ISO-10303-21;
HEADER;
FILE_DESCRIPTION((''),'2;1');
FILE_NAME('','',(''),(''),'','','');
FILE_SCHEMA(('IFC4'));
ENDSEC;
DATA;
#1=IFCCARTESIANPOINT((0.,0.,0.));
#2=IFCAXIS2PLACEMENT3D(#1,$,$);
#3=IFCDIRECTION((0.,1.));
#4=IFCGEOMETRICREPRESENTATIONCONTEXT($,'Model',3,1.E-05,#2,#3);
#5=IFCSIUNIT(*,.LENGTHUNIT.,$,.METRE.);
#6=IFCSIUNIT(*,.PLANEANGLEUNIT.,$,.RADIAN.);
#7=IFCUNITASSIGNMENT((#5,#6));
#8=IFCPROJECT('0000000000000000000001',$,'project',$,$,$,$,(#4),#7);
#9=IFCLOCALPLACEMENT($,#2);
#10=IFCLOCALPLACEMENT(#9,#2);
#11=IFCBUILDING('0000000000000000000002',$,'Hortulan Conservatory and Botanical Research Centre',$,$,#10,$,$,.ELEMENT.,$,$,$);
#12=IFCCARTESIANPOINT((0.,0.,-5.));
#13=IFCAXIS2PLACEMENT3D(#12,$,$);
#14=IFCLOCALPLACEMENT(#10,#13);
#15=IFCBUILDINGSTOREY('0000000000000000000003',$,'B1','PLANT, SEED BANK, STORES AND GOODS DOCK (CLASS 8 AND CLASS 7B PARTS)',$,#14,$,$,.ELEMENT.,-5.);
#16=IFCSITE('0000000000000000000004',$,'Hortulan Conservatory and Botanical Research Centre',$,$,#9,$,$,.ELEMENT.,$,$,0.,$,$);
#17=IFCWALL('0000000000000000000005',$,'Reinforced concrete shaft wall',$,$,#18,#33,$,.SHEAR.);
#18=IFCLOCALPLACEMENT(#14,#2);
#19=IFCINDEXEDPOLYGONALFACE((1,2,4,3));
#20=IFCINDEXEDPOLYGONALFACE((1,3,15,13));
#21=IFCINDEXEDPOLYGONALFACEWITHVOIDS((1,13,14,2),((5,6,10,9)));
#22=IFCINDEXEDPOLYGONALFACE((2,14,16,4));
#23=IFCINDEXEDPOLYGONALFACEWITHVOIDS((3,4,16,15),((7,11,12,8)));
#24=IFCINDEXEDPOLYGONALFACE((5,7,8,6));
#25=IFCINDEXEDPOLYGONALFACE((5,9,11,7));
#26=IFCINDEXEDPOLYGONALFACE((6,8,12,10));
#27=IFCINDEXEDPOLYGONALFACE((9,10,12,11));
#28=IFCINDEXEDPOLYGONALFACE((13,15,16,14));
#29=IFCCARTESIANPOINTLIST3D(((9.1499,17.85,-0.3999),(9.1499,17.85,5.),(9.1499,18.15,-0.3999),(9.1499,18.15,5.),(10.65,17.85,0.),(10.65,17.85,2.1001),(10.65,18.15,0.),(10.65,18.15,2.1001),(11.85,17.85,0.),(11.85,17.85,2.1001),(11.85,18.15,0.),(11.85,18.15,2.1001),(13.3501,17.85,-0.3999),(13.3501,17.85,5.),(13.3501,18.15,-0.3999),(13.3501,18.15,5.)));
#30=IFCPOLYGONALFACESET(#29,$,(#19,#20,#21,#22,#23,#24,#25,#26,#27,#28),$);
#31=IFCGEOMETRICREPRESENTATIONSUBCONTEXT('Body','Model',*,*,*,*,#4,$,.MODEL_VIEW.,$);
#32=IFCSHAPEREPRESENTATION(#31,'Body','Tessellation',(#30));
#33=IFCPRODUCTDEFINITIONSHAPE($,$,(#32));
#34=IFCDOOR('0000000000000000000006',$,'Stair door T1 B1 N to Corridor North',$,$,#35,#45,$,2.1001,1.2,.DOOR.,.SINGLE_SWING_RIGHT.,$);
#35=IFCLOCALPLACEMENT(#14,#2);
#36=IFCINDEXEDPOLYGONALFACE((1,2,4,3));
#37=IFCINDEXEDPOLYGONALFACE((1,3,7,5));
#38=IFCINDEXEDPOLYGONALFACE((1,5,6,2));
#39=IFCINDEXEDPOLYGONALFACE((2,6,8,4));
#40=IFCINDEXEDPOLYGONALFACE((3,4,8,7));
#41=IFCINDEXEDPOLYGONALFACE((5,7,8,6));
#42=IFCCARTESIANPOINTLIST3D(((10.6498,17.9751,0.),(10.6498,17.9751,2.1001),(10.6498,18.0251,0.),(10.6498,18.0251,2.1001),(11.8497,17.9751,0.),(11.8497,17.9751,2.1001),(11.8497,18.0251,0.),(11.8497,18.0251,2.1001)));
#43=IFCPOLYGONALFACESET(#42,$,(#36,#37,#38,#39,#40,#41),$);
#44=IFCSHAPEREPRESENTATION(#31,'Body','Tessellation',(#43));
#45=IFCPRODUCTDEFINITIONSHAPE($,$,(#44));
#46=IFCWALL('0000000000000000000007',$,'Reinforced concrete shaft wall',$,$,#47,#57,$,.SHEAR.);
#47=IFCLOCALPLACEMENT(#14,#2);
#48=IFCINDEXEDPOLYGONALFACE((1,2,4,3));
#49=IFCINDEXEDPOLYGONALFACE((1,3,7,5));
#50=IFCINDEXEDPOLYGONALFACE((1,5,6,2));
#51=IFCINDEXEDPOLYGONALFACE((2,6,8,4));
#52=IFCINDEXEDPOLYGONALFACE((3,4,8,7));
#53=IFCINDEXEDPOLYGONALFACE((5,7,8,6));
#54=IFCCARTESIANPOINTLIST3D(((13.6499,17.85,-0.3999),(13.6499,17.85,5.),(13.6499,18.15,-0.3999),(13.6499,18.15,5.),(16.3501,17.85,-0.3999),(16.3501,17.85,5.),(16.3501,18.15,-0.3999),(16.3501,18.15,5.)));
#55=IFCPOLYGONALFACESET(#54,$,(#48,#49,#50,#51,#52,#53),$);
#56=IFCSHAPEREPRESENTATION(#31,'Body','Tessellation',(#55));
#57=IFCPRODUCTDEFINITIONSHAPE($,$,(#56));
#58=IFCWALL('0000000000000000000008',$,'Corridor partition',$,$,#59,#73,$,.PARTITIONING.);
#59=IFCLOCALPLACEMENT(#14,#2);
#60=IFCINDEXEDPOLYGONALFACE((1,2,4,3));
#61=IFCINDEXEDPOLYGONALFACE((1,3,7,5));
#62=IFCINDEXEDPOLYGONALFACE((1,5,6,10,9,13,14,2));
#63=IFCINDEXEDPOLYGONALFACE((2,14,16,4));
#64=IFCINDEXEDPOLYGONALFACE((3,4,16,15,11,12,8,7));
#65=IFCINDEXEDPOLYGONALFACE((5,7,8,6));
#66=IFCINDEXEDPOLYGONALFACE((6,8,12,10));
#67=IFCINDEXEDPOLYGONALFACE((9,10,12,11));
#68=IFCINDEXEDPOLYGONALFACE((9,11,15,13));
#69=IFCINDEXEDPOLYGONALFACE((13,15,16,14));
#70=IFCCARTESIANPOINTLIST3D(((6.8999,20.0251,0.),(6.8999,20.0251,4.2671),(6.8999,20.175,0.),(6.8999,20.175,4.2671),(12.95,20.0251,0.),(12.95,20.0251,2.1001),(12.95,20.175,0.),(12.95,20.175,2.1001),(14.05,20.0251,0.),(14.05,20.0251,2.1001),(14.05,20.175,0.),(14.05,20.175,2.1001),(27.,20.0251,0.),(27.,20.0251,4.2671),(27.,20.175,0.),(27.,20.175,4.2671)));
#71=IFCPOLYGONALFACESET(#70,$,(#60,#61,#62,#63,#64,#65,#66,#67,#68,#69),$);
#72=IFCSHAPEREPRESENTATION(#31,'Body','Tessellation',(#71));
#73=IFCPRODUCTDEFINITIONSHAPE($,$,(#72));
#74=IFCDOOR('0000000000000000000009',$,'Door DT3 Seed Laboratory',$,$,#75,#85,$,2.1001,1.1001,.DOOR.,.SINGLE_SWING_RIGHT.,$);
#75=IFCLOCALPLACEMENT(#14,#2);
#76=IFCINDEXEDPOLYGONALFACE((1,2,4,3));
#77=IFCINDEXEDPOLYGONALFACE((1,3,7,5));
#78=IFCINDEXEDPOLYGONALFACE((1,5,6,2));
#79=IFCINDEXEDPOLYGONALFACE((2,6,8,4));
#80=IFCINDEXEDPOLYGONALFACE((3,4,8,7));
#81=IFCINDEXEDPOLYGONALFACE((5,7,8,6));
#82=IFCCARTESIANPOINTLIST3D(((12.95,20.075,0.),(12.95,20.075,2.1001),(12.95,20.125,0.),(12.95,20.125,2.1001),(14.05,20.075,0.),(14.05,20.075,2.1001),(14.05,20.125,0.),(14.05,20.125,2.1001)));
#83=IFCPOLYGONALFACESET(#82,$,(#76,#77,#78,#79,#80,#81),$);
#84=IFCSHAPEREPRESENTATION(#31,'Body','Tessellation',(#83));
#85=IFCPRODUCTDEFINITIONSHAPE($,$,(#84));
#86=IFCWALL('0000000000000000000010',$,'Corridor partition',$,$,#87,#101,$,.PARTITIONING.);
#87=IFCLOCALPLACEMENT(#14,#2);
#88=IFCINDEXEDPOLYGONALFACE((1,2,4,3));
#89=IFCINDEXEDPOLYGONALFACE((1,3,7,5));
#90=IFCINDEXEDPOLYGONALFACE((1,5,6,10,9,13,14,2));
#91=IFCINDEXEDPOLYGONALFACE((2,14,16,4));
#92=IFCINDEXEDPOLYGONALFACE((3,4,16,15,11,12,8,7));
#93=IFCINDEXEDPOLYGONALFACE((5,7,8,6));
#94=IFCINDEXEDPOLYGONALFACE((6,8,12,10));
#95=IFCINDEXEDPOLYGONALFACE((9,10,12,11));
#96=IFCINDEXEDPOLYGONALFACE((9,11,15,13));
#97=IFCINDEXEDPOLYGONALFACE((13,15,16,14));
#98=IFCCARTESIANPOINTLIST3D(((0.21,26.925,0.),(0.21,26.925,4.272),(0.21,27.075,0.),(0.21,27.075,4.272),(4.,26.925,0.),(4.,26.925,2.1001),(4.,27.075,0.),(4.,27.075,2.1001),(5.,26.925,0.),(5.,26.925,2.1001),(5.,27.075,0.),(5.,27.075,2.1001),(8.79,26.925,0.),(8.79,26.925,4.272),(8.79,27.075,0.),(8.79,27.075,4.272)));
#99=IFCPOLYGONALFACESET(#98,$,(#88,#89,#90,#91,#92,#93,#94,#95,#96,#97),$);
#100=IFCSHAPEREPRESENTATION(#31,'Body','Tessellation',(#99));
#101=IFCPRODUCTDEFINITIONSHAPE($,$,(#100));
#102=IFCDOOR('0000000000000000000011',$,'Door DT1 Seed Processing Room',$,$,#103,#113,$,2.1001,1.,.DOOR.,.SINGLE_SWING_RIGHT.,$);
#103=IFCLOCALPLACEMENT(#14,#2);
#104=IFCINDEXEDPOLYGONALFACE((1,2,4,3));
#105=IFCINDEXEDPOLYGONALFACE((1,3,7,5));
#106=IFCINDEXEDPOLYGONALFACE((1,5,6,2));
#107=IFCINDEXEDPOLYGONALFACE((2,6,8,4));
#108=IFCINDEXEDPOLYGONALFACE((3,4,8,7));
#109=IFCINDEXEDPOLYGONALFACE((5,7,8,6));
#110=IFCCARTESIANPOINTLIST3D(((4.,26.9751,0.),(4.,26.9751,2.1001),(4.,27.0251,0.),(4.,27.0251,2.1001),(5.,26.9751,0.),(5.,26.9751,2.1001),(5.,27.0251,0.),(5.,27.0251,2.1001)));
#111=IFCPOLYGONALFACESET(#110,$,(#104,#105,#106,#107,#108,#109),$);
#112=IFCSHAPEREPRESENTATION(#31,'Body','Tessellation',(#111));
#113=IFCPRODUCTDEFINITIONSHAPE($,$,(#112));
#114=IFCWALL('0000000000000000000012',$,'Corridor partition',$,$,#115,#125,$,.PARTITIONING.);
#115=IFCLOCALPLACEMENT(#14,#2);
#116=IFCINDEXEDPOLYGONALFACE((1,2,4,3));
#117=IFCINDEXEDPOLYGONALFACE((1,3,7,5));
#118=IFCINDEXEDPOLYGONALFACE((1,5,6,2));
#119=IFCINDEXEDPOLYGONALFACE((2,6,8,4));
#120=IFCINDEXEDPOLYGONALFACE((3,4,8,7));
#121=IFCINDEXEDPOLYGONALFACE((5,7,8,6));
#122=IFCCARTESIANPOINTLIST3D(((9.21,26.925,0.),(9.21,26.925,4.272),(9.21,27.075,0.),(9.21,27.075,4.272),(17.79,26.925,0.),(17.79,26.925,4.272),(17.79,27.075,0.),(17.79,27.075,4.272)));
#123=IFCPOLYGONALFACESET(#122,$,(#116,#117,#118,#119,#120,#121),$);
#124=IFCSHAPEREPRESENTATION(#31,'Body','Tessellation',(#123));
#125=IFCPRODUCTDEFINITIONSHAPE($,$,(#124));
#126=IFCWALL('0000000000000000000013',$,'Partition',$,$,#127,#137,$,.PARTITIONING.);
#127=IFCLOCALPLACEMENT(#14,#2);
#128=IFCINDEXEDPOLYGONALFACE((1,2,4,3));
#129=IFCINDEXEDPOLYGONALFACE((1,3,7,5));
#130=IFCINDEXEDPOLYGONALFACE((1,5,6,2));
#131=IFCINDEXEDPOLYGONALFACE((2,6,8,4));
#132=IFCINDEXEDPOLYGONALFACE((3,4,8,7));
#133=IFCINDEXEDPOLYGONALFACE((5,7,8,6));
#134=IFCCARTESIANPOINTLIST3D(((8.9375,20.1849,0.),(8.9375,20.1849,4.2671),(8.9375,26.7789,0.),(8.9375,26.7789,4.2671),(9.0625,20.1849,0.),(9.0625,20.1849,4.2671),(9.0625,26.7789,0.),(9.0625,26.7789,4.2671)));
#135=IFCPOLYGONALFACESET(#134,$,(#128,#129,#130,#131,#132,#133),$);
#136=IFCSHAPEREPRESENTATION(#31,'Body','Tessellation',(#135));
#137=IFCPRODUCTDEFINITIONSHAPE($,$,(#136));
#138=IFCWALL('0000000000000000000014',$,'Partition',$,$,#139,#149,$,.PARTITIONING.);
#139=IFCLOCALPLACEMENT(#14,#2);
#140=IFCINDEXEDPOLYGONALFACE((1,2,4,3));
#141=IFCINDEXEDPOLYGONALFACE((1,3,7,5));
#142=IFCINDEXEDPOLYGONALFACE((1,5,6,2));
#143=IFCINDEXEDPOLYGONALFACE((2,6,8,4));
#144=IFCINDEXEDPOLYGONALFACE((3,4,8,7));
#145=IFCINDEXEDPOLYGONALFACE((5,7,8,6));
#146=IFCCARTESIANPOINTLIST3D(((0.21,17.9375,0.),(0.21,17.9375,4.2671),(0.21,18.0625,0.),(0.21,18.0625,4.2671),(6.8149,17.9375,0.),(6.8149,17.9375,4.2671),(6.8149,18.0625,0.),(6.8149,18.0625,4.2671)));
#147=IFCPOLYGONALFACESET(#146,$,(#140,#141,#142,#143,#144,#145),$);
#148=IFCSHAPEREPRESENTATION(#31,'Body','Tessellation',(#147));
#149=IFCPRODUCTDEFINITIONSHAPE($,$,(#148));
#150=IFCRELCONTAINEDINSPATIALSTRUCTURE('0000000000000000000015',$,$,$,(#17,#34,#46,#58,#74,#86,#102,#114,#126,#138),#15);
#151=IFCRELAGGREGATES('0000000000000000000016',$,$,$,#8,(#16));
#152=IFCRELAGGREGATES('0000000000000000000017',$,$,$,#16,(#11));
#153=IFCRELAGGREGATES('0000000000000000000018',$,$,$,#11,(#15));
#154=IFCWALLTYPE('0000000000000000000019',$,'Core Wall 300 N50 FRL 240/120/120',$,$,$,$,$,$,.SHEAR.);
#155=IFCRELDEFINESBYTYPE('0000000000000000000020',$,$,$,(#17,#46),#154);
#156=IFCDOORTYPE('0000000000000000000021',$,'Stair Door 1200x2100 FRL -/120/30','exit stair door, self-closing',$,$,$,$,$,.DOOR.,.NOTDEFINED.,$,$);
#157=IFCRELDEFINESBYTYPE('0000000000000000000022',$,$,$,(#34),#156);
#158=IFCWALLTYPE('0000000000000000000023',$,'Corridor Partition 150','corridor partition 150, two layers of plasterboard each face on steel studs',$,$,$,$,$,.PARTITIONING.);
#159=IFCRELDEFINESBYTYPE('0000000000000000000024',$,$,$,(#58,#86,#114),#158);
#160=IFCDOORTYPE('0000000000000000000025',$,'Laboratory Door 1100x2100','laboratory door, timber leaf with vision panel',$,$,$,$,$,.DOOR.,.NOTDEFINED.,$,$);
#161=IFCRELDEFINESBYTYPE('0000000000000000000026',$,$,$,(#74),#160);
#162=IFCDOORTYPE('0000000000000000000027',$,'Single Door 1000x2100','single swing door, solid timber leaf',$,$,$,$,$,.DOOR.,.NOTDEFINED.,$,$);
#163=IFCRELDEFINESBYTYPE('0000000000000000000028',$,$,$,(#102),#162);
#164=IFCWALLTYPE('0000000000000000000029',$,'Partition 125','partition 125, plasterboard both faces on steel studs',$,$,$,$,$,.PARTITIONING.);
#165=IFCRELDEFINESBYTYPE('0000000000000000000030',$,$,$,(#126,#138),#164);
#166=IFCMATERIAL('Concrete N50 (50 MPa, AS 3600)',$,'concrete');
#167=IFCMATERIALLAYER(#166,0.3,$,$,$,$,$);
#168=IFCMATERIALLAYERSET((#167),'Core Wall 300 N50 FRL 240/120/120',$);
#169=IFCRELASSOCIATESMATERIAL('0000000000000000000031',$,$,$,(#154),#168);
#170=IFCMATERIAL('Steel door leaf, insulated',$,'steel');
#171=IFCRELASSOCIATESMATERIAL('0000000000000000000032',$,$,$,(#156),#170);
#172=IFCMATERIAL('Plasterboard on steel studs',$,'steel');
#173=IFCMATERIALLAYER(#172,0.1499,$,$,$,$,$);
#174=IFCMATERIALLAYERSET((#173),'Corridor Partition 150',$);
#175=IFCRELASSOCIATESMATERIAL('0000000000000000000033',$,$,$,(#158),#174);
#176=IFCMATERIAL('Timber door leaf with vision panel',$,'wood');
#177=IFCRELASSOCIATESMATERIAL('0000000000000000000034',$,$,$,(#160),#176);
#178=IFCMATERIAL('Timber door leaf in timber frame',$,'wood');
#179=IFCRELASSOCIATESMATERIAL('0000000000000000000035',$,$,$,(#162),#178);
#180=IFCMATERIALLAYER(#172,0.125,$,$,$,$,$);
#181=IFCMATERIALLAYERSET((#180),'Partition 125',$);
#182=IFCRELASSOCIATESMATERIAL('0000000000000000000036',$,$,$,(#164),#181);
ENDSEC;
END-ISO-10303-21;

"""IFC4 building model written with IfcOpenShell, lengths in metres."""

from ifc_helpers import new_model, si_unit, direction, frame, frame_2d, origin, place, context, subcontext, project, spatial, rectangle, extrude, material, layer, layer_set, type_object, element, fill, save


model = new_model("IFC4")

# Units and contexts
model_context = context("Model", 3, precision=1e-05, world=origin(), true_north=direction((0.0, 1.0)))
body_context = subcontext(model_context, "Body", "Model", "MODEL_VIEW")
ifc_project = project(units=[si_unit("LENGTHUNIT", "METRE"), si_unit("PLANEANGLEUNIT", "RADIAN")], contexts=[model_context])

# Site, building, storey
site_placement = place(None, origin())
site = spatial("IfcSite", under=ifc_project, at=site_placement, Name="Hortulan Conservatory and Botanical Research Centre", CompositionType="ELEMENT", RefElevation=0.0)
building_placement = place(site_placement, origin())
building = spatial("IfcBuilding", under=site, at=building_placement, Name="Hortulan Conservatory and Botanical Research Centre", CompositionType="ELEMENT")
storey_placement = place(building_placement, frame((0.0, 0.0, -5.0)))
storey = spatial("IfcBuildingStorey", under=building, at=storey_placement, Name="B1", Description="PLANT, SEED BANK, STORES AND GOODS DOCK (CLASS 8 AND CLASS 7B PARTS)", CompositionType="ELEMENT", Elevation=-5.0)

# Shared definitions
ifc_material_1 = material(Name="Concrete N50 (50 MPa, AS 3600)", Category="concrete")
ifc_layer_1 = layer(ifc_material_1, 0.3)
ifc_layer_set_1 = layer_set([ifc_layer_1], Name="Core Wall 300 N50 FRL 240/120/120")
wall_type_1 = type_object("IfcWallType", Name="Core Wall 300 N50 FRL 240/120/120", PredefinedType="SHEAR", material=ifc_layer_set_1)

# Wall, opening, door
wall_1_placement = place(storey_placement, frame((9.1499, 18.0, -0.3999), z_axis=(0.0, 0.0, 1.0), x_axis=(1.0, 0.0, 0.0)))
wall_1 = element("IfcWall", 1, at=wall_1_placement, inside=storey, type_object=wall_type_1, Name="Reinforced concrete shaft wall", PredefinedType="SHEAR", context=body_context, shape_type="SweptSolid", body=[
    extrude(rectangle(XDim=4.2002, YDim=0.3, at=frame_2d((2.1001, 0.0))), origin(), (0.0, 0.0, 1.0), 5.3999),
])
opening_1_placement = place(wall_1_placement, frame((1.5, 0.0, 0.3999)))
opening_1 = element("IfcOpeningElement", 2, at=opening_1_placement, cuts=wall_1, PredefinedType="OPENING", context=body_context, shape_type="SweptSolid", body=[
    extrude(rectangle(XDim=1.2, YDim=2.1001, at=frame_2d((0.6001, 1.05))), frame((0.0, 0.1599, 0.0), z_axis=(0.0, -1.0, 0.0), x_axis=(1.0, 0.0, 0.0)), (0.0, 0.0, 1.0), 0.3201),
])
ifc_material_2 = material(Name="Steel door leaf, insulated", Category="steel")
door_type_1 = type_object("IfcDoorType", Name="Stair Door 1200x2100 FRL -/120/30", Description="exit stair door, self-closing", OperationType="NOTDEFINED", PredefinedType="DOOR", material=ifc_material_2)
door_1_placement = place(opening_1_placement, frame((1.2, 0.0, 0.0), z_axis=(0.0, 0.0, 1.0), x_axis=(-1.0, 0.0, 0.0)))
door_1 = element("IfcDoor", 3, at=door_1_placement, inside=storey, type_object=door_type_1, Name="Stair door T1 B1 N to Corridor North", OperationType="SINGLE_SWING_RIGHT", OverallHeight=2.1001, OverallWidth=1.2, PredefinedType="DOOR", context=body_context, shape_type="SweptSolid", body=[
    extrude(rectangle(XDim=1.2, YDim=2.1001, at=frame_2d((0.6001, 1.05))), frame((0.0, 0.0249, 0.0), z_axis=(0.0, -1.0, 0.0), x_axis=(1.0, 0.0, 0.0)), (0.0, 0.0, 1.0), 0.05),
])
fill(opening_1, door_1)

# Wall
wall_2_placement = place(storey_placement, frame((13.6499, 18.0, -0.3999), z_axis=(0.0, 0.0, 1.0), x_axis=(1.0, 0.0, 0.0)))
element("IfcWall", 4, at=wall_2_placement, inside=storey, type_object=wall_type_1, Name="Reinforced concrete shaft wall", PredefinedType="SHEAR", context=body_context, shape_type="SweptSolid", body=[
    extrude(rectangle(XDim=2.7002, YDim=0.3, at=frame_2d((1.3501, 0.0))), origin(), (0.0, 0.0, 1.0), 5.3999),
])

# Walls, openings, doors
ifc_material_3 = material(Name="Plasterboard on steel studs", Category="steel")
ifc_layer_2 = layer(ifc_material_3, 0.1499)
ifc_layer_set_2 = layer_set([ifc_layer_2], Name="Corridor Partition 150")
wall_type_2 = type_object("IfcWallType", Name="Corridor Partition 150", Description="corridor partition 150, two layers of plasterboard each face on steel studs", PredefinedType="PARTITIONING", material=ifc_layer_set_2)
wall_3_placement = place(storey_placement, frame((6.8999, 20.1001, 0.0), z_axis=(0.0, 0.0, 1.0), x_axis=(1.0, 0.0, 0.0)))
wall_3 = element("IfcWall", 5, at=wall_3_placement, inside=storey, type_object=wall_type_2, Name="Corridor partition", PredefinedType="PARTITIONING", context=body_context, shape_type="SweptSolid", body=[
    extrude(rectangle(XDim=20.1001, YDim=0.1499, at=frame_2d((10.05, 0.0))), origin(), (0.0, 0.0, 1.0), 4.2671),
])
opening_2_placement = place(wall_3_placement, frame((6.05, 0.0, 0.0)))
opening_2 = element("IfcOpeningElement", 6, at=opening_2_placement, cuts=wall_3, PredefinedType="OPENING", context=body_context, shape_type="SweptSolid", body=[
    extrude(rectangle(XDim=1.1001, YDim=2.1001, at=frame_2d((0.55, 1.05))), frame((0.0, 0.085, 0.0), z_axis=(0.0, -1.0, 0.0), x_axis=(1.0, 0.0, 0.0)), (0.0, 0.0, 1.0), 0.1699),
])
ifc_material_4 = material(Name="Timber door leaf with vision panel", Category="wood")
door_type_2 = type_object("IfcDoorType", Name="Laboratory Door 1100x2100", Description="laboratory door, timber leaf with vision panel", OperationType="NOTDEFINED", PredefinedType="DOOR", material=ifc_material_4)
door_2_placement = place(opening_2_placement, origin())
door_2 = element("IfcDoor", 7, at=door_2_placement, inside=storey, type_object=door_type_2, Name="Door DT3 Seed Laboratory", OperationType="SINGLE_SWING_RIGHT", OverallHeight=2.1001, OverallWidth=1.1001, PredefinedType="DOOR", context=body_context, shape_type="SweptSolid", body=[
    extrude(rectangle(XDim=1.1001, YDim=2.1001, at=frame_2d((0.55, 1.05))), frame((0.0, 0.0249, 0.0), z_axis=(0.0, -1.0, 0.0), x_axis=(1.0, 0.0, 0.0)), (0.0, 0.0, 1.0), 0.05),
])
fill(opening_2, door_2)
wall_4_placement = place(storey_placement, frame((0.21, 27.0, 0.0), z_axis=(0.0, 0.0, 1.0), x_axis=(1.0, 0.0, 0.0)))
wall_4 = element("IfcWall", 8, at=wall_4_placement, inside=storey, type_object=wall_type_2, Name="Corridor partition", PredefinedType="PARTITIONING", context=body_context, shape_type="SweptSolid", body=[
    extrude(rectangle(XDim=8.5801, YDim=0.1499, at=frame_2d((4.29, 0.0))), origin(), (0.0, 0.0, 1.0), 4.272),
])
opening_3_placement = place(wall_4_placement, frame((3.79, 0.0, 0.0)))
opening_3 = element("IfcOpeningElement", 9, at=opening_3_placement, cuts=wall_4, PredefinedType="OPENING", context=body_context, shape_type="SweptSolid", body=[
    extrude(rectangle(XDim=1.0, YDim=2.1001, at=frame_2d((0.5, 1.05))), frame((0.0, 0.085, 0.0), z_axis=(0.0, -1.0, 0.0), x_axis=(1.0, 0.0, 0.0)), (0.0, 0.0, 1.0), 0.1699),
])
ifc_material_5 = material(Name="Timber door leaf in timber frame", Category="wood")
door_type_3 = type_object("IfcDoorType", Name="Single Door 1000x2100", Description="single swing door, solid timber leaf", OperationType="NOTDEFINED", PredefinedType="DOOR", material=ifc_material_5)
door_3_placement = place(opening_3_placement, frame((1.0, 0.0, 0.0), z_axis=(0.0, 0.0, 1.0), x_axis=(-1.0, 0.0, 0.0)))
door_3 = element("IfcDoor", 10, at=door_3_placement, inside=storey, type_object=door_type_3, Name="Door DT1 Seed Processing Room", OperationType="SINGLE_SWING_RIGHT", OverallHeight=2.1001, OverallWidth=1.0, PredefinedType="DOOR", context=body_context, shape_type="SweptSolid", body=[
    extrude(rectangle(XDim=1.0, YDim=2.1001, at=frame_2d((0.5, 1.05))), frame((0.0, 0.0249, 0.0), z_axis=(0.0, -1.0, 0.0), x_axis=(1.0, 0.0, 0.0)), (0.0, 0.0, 1.0), 0.05),
])
fill(opening_3, door_3)

# Walls
wall_5_placement = place(storey_placement, frame((9.21, 27.0, 0.0), z_axis=(0.0, 0.0, 1.0), x_axis=(1.0, 0.0, 0.0)))
element("IfcWall", 11, at=wall_5_placement, inside=storey, type_object=wall_type_2, Name="Corridor partition", PredefinedType="PARTITIONING", context=body_context, shape_type="SweptSolid", body=[
    extrude(rectangle(XDim=8.5801, YDim=0.1499, at=frame_2d((4.29, 0.0))), origin(), (0.0, 0.0, 1.0), 4.272),
])
ifc_layer_3 = layer(ifc_material_3, 0.125)
ifc_layer_set_3 = layer_set([ifc_layer_3], Name="Partition 125")
wall_type_3 = type_object("IfcWallType", Name="Partition 125", Description="partition 125, plasterboard both faces on steel studs", PredefinedType="PARTITIONING", material=ifc_layer_set_3)
wall_6_placement = place(storey_placement, frame((9.0, 20.1851, 0.0), z_axis=(0.0, 0.0, 1.0), x_axis=(0.0, 1.0, 0.0)))
element("IfcWall", 12, at=wall_6_placement, inside=storey, type_object=wall_type_3, Name="Partition", PredefinedType="PARTITIONING", context=body_context, shape_type="SweptSolid", body=[
    extrude(rectangle(XDim=6.594, YDim=0.125, at=frame_2d((3.2969, 0.0))), origin(), (0.0, 0.0, 1.0), 4.2671),
])
wall_7_placement = place(storey_placement, frame((0.21, 18.0, 0.0), z_axis=(0.0, 0.0, 1.0), x_axis=(1.0, 0.0, 0.0)))
element("IfcWall", 13, at=wall_7_placement, inside=storey, type_object=wall_type_3, Name="Partition", PredefinedType="PARTITIONING", context=body_context, shape_type="SweptSolid", body=[
    extrude(rectangle(XDim=6.605, YDim=0.125, at=frame_2d((3.3025, 0.0))), origin(), (0.0, 0.0, 1.0), 4.2671),
])

save(model, "model.ifc")
